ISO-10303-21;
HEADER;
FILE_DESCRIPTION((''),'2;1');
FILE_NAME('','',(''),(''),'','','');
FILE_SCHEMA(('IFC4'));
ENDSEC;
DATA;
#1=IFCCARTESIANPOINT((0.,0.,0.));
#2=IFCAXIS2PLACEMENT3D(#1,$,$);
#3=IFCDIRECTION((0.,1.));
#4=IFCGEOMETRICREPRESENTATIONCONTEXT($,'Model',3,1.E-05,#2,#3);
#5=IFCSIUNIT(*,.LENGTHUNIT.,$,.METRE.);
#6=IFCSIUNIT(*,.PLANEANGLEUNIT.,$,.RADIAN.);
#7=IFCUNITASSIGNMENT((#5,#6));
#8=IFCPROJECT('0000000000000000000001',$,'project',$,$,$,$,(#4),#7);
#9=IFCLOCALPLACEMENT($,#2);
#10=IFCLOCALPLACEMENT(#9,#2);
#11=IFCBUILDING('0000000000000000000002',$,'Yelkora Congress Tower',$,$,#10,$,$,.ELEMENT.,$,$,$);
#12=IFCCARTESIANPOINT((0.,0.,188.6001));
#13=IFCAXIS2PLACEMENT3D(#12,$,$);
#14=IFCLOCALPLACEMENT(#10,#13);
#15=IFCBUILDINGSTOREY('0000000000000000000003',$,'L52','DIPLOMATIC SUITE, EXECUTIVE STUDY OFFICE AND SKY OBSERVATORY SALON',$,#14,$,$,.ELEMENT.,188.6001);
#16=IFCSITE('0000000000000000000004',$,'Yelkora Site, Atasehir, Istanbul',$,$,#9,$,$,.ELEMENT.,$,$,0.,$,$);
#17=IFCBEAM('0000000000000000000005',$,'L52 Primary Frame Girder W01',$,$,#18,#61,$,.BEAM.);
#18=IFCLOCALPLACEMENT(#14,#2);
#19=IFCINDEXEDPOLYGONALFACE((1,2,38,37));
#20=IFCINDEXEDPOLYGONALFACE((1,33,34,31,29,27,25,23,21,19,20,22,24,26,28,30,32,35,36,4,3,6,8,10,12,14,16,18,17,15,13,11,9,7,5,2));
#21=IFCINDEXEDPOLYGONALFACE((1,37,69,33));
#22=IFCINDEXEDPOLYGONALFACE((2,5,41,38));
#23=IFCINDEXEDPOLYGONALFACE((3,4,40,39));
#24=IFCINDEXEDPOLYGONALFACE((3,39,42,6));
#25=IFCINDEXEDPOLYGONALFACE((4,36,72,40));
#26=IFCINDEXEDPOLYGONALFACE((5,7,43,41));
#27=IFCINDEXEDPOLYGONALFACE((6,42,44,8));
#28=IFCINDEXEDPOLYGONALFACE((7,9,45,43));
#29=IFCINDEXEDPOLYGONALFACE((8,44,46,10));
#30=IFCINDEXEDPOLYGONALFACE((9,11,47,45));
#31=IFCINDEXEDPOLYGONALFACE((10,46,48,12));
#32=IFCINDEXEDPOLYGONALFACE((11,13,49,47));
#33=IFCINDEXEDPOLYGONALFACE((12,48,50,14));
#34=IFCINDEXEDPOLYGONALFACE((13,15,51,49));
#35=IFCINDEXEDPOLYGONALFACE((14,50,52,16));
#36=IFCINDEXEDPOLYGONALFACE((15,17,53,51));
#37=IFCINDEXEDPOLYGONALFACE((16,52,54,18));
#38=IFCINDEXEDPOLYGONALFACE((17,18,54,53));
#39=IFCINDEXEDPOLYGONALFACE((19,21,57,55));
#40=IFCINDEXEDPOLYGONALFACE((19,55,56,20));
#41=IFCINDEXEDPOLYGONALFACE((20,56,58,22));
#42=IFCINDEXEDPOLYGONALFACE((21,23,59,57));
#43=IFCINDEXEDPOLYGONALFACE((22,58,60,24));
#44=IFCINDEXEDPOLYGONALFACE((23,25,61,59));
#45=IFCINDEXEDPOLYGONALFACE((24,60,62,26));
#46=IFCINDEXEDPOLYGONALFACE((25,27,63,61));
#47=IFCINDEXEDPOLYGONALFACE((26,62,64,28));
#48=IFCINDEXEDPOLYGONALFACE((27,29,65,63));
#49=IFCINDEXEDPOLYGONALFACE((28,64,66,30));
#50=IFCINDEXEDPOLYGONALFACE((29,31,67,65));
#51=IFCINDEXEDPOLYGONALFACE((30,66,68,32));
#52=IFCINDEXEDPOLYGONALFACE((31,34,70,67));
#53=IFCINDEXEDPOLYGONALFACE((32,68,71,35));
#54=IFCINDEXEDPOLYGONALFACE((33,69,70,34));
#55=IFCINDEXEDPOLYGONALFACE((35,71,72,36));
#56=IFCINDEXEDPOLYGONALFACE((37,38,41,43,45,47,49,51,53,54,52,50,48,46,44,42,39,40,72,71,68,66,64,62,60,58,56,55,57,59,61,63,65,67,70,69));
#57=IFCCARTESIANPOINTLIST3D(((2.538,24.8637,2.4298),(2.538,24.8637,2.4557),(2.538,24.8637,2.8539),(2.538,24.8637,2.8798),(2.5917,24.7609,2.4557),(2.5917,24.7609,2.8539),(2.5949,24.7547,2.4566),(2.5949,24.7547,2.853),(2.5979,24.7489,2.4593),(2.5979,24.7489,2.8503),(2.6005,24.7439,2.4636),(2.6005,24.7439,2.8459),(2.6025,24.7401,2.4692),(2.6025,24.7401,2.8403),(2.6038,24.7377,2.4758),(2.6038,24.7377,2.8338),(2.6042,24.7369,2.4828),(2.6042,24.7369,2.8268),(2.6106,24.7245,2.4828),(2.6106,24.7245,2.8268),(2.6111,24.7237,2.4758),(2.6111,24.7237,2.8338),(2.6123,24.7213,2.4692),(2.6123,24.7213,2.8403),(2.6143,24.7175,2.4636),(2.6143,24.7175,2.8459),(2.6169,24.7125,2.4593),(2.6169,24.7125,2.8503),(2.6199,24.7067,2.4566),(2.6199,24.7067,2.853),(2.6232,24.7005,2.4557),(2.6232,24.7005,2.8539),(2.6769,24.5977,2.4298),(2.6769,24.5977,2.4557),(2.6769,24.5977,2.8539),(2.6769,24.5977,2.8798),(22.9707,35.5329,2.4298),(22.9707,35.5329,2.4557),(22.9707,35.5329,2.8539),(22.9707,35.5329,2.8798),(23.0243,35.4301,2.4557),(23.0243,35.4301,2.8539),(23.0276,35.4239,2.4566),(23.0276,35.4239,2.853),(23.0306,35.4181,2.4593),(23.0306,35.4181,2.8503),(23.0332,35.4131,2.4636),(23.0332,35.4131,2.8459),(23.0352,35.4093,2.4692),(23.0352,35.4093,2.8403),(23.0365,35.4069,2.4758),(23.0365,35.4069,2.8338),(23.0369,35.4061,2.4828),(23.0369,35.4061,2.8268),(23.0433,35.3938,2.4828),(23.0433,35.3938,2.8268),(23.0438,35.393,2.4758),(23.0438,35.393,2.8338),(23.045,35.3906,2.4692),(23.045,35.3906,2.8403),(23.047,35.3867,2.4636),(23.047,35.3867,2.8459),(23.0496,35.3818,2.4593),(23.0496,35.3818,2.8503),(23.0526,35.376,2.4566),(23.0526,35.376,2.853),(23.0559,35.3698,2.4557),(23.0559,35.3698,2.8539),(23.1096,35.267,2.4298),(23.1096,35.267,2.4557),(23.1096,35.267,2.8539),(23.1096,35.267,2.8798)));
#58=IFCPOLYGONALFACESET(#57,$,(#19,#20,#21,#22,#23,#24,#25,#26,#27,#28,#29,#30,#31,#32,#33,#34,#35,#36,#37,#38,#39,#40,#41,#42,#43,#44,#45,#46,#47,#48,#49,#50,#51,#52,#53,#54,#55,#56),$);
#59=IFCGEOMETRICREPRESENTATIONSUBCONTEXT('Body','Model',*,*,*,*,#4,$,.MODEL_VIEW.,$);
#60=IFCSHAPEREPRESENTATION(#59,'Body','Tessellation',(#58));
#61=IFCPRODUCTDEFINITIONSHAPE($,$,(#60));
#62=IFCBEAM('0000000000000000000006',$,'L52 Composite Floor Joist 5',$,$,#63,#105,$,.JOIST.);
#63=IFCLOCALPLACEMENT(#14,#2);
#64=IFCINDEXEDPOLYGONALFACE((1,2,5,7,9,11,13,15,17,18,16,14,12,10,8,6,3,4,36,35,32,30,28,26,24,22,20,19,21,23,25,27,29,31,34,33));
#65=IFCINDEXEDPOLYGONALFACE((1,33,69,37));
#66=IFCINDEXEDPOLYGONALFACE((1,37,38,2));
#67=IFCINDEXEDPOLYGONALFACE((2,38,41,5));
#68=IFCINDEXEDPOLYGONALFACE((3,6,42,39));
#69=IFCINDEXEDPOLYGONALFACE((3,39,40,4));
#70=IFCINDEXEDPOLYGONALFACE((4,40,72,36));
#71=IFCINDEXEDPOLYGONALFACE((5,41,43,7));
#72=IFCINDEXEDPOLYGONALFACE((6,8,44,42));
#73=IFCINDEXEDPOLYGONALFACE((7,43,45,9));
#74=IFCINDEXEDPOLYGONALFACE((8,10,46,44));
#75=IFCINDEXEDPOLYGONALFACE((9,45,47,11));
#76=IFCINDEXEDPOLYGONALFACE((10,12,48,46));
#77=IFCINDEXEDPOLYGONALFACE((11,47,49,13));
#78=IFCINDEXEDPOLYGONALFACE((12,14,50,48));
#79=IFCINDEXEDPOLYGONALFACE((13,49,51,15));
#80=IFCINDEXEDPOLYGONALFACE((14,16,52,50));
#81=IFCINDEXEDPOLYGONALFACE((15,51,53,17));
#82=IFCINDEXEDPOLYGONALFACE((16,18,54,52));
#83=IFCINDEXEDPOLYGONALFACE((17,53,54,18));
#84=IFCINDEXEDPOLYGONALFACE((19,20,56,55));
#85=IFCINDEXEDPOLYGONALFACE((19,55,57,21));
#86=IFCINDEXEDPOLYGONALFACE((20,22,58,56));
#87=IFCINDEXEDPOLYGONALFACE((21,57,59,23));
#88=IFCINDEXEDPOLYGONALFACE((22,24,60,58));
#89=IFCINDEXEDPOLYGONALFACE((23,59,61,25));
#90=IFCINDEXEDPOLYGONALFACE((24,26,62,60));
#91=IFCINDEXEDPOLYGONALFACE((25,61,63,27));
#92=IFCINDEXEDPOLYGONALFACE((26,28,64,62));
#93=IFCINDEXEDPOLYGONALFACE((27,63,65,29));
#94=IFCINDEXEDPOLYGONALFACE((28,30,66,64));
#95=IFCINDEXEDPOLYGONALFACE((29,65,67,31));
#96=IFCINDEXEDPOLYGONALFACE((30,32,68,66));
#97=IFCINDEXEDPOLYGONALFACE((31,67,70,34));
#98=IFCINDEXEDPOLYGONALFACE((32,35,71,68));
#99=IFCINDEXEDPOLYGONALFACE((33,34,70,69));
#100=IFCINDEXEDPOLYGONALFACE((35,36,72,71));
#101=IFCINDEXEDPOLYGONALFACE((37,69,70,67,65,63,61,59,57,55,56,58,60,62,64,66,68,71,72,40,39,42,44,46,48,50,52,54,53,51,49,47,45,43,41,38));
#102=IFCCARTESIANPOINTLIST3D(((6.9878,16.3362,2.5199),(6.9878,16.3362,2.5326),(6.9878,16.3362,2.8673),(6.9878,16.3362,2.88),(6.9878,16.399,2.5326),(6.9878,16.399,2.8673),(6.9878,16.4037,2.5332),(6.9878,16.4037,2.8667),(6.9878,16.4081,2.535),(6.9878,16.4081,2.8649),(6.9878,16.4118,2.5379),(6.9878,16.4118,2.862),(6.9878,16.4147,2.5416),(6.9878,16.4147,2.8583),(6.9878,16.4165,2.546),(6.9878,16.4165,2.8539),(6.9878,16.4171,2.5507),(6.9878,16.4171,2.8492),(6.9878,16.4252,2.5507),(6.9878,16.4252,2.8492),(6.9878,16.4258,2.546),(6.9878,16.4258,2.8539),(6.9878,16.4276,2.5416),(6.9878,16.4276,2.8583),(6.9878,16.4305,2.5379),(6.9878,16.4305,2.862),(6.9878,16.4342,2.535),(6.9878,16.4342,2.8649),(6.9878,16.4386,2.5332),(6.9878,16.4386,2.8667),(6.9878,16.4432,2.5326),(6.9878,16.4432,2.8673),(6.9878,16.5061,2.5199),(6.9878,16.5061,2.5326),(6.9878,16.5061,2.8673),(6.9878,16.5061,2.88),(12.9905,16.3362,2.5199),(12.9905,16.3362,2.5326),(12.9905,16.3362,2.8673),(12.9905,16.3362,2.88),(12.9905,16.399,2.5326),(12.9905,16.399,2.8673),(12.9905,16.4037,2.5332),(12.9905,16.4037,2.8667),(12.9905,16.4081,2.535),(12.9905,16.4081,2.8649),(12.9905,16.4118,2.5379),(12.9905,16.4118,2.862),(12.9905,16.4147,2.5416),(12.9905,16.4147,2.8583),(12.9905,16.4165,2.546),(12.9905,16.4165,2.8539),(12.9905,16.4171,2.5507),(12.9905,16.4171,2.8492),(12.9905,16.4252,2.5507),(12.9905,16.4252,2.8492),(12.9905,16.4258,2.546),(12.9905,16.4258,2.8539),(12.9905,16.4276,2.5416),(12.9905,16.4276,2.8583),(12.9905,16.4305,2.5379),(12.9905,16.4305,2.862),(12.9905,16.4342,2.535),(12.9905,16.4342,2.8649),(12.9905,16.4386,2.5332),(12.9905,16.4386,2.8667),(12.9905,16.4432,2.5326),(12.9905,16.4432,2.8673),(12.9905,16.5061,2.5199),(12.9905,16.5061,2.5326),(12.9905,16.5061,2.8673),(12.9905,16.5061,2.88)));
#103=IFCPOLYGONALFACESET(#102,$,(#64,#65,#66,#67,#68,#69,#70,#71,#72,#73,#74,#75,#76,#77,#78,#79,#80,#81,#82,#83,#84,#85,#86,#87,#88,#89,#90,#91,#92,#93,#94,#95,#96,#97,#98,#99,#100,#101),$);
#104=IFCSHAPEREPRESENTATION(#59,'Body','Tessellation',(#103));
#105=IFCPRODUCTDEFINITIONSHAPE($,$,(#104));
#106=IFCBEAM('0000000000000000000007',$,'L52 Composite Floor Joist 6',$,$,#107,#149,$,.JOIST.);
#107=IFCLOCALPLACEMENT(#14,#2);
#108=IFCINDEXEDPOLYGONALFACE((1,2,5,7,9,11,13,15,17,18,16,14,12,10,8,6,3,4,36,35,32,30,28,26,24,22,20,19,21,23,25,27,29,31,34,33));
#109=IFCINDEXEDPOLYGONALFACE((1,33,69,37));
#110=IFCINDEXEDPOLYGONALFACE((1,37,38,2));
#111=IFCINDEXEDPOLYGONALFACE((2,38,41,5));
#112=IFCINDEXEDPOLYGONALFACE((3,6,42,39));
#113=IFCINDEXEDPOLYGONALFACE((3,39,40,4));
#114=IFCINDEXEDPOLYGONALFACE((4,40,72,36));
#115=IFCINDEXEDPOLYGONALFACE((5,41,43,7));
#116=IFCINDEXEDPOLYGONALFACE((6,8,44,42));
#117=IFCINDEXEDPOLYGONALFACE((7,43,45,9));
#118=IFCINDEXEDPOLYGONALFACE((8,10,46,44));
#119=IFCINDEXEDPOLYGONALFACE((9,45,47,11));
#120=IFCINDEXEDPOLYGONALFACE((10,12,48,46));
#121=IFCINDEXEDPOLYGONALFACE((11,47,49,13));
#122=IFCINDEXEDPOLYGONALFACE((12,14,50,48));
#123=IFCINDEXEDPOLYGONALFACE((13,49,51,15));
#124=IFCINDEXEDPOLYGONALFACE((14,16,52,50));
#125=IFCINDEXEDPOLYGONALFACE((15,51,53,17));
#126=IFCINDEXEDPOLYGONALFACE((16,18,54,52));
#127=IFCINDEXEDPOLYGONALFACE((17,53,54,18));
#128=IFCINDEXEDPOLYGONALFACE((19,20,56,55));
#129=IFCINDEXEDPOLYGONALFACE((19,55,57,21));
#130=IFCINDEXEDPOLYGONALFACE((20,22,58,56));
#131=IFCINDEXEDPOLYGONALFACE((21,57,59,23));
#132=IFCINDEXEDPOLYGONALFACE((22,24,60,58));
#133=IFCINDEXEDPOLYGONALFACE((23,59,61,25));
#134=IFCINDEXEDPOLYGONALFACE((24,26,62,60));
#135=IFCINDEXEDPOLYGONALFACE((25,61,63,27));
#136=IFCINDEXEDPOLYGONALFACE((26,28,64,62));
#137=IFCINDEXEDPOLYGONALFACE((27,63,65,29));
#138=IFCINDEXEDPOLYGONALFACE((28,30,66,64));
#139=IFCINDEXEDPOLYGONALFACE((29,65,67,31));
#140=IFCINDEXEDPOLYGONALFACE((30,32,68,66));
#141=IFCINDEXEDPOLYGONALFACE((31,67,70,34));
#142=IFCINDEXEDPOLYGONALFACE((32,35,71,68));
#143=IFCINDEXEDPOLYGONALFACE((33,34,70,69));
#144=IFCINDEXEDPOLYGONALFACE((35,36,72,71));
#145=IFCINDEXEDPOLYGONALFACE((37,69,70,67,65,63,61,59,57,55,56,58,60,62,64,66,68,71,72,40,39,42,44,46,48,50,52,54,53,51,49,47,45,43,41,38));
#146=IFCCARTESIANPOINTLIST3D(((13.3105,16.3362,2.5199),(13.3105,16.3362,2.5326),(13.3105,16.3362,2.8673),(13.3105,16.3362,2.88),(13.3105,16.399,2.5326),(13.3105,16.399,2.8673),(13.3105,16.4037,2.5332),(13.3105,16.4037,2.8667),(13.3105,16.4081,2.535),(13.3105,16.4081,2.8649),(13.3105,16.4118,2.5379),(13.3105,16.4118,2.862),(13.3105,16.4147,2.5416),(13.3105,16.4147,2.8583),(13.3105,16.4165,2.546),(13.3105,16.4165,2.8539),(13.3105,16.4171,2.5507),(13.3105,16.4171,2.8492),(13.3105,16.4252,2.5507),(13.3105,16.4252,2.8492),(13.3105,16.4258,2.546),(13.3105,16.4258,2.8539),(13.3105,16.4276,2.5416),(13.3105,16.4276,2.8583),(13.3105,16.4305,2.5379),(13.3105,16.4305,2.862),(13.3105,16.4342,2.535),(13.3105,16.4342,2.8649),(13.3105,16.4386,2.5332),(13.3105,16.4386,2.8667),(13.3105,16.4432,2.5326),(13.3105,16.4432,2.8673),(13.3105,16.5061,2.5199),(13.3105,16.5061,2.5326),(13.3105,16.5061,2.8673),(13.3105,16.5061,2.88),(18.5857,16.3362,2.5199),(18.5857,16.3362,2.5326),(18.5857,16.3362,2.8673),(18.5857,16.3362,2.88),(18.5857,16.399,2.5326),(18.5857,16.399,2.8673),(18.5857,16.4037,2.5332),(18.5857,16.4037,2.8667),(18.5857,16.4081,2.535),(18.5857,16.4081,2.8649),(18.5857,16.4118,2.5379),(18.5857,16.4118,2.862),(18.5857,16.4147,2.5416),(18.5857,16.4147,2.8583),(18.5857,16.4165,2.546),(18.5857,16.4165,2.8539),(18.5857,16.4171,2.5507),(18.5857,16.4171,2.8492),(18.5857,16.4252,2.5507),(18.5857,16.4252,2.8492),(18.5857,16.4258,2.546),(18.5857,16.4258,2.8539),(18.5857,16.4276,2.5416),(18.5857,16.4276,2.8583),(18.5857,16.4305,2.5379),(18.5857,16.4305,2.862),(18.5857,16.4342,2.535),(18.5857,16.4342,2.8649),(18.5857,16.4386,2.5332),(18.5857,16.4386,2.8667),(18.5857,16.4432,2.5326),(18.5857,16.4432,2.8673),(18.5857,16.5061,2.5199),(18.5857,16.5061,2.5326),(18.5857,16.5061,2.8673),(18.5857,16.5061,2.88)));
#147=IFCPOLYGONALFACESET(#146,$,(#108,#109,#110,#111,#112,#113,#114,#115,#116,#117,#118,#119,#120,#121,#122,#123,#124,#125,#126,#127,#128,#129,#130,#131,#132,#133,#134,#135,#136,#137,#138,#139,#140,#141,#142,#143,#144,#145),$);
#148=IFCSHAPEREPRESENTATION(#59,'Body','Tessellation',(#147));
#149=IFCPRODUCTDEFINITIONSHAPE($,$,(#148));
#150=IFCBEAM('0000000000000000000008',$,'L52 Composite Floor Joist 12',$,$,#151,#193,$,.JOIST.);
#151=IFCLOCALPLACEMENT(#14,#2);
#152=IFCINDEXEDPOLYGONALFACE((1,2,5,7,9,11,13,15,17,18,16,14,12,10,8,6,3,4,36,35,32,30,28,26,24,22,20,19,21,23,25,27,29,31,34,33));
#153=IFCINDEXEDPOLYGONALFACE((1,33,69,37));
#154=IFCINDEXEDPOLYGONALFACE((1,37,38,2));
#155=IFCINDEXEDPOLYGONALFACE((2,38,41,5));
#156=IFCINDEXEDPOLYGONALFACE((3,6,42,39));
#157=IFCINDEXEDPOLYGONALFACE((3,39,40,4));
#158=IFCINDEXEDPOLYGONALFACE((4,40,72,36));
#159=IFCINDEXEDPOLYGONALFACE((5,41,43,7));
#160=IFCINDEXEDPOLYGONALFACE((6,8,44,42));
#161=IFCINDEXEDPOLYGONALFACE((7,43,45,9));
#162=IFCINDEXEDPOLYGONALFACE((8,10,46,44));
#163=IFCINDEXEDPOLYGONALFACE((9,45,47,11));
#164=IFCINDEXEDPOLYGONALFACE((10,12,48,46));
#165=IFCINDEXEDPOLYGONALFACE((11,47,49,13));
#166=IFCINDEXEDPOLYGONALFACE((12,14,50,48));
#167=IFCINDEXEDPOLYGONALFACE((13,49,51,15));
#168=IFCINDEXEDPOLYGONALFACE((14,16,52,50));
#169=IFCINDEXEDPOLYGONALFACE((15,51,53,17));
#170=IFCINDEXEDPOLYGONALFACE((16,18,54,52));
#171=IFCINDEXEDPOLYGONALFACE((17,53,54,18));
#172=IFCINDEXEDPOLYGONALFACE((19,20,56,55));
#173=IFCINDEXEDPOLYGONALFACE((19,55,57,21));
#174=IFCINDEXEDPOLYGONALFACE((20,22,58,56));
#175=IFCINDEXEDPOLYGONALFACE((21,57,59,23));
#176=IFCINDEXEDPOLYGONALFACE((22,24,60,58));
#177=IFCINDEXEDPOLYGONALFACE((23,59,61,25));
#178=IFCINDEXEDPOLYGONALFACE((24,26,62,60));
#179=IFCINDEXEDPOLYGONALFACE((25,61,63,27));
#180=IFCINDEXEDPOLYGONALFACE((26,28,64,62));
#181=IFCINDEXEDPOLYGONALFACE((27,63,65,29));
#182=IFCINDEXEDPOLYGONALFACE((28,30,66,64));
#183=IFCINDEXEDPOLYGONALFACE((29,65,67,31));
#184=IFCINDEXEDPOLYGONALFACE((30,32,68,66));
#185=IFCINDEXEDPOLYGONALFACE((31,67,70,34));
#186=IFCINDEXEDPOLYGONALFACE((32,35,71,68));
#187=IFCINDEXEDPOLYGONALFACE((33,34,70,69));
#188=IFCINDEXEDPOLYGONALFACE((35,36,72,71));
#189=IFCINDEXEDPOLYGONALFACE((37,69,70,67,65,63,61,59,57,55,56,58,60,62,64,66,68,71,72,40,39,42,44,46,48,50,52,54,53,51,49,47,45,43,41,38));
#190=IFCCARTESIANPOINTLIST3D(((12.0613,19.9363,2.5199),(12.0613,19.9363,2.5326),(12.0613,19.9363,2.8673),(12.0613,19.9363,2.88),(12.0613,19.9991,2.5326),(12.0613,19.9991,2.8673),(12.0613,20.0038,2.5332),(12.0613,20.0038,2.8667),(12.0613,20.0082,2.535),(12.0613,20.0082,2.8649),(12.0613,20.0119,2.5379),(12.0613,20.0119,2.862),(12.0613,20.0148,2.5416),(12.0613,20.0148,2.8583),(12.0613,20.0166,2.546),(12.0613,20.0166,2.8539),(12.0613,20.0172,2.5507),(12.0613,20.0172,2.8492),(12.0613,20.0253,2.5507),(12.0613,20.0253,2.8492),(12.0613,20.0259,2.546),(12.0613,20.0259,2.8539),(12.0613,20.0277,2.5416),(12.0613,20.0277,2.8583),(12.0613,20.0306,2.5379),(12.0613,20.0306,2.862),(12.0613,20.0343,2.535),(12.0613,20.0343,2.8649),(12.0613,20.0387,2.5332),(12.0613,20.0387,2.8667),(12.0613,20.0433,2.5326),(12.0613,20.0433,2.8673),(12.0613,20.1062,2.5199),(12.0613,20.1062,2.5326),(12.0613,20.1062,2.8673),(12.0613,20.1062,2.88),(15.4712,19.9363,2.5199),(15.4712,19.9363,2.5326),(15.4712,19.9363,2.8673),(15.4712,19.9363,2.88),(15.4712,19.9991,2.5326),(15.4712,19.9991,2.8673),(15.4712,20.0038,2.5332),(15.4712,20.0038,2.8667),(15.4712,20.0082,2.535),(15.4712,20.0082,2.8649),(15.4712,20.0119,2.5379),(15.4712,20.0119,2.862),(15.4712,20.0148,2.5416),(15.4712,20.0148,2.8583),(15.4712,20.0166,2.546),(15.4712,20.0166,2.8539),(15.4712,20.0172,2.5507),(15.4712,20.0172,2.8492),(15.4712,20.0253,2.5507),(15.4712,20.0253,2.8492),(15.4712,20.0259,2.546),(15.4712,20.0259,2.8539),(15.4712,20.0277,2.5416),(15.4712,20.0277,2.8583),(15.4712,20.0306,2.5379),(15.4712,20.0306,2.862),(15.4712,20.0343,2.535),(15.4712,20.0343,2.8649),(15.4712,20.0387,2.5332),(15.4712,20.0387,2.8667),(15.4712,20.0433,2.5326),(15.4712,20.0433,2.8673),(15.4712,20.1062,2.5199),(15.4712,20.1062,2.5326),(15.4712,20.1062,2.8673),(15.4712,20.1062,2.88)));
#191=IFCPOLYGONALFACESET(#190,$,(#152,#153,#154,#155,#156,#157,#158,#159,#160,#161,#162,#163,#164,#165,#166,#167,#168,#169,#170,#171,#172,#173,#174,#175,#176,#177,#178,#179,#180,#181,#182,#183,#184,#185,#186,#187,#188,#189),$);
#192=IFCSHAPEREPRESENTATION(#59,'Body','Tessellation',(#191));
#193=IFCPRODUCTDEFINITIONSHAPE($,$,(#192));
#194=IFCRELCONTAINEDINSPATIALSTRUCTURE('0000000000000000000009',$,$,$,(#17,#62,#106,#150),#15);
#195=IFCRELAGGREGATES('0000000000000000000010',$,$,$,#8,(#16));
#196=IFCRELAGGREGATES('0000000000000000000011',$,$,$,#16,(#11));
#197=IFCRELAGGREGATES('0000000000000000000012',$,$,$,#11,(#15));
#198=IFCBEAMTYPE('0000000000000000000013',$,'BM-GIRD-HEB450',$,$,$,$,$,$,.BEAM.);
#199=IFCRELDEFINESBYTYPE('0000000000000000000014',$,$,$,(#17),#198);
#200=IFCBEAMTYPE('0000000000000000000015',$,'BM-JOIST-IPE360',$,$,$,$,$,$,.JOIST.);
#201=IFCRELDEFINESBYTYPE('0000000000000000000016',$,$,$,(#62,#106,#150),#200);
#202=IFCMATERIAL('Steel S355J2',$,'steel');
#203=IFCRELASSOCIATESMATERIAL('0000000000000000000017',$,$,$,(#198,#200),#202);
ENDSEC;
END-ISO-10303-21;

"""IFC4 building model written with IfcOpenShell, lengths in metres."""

from ifc_helpers import new_model, si_unit, direction, frame, origin, origin_2d, place, context, subcontext, project, spatial, i_section, extrude, material, material_profile, profile_set, type_object, element, save


model = new_model("IFC4")

# Units and contexts
model_context = context("Model", 3, precision=1e-05, world=origin(), true_north=direction((0.0, 1.0)))
body_context = subcontext(model_context, "Body", "Model", "MODEL_VIEW")
ifc_project = project(units=[si_unit("LENGTHUNIT", "METRE"), si_unit("PLANEANGLEUNIT", "RADIAN")], contexts=[model_context])

# Site, building, storey
site_placement = place(None, origin())
site = spatial("IfcSite", under=ifc_project, at=site_placement, Name="Yelkora Site, Atasehir, Istanbul", CompositionType="ELEMENT", RefElevation=0.0)
building_placement = place(site_placement, origin())
building = spatial("IfcBuilding", under=site, at=building_placement, Name="Yelkora Congress Tower", CompositionType="ELEMENT")
storey_placement = place(building_placement, frame((0.0, 0.0, 188.6001)))
storey = spatial("IfcBuildingStorey", under=building, at=storey_placement, Name="L52", Description="DIPLOMATIC SUITE, EXECUTIVE STUDY OFFICE AND SKY OBSERVATORY SALON", CompositionType="ELEMENT", Elevation=188.6001)

# Beams
ifc_material_1 = material(Name="Steel S355J2", Category="steel")
ifc_material_profile_1 = material_profile(ifc_material_1, i_section(OverallWidth=0.3, OverallDepth=0.45, WebThickness=0.0139, FlangeThickness=0.0259, FilletRadius=0.0271, at=origin_2d()), Name="HEB 450")
ifc_profile_set_1 = profile_set([ifc_material_profile_1], Name="Steel S355J2")
beam_type_1 = type_object("IfcBeamType", Name="BM-GIRD-HEB450", PredefinedType="BEAM", material=ifc_profile_set_1)
beam_1_placement = place(storey_placement, frame((2.6074, 24.7307, 2.6548), z_axis=(0.88643, 0.462862, 0.0), x_axis=(-0.462862, 0.88643, 0.0)))
element("IfcBeam", 1, at=beam_1_placement, inside=storey, type_object=beam_type_1, Name="L52 Primary Frame Girder W01", PredefinedType="BEAM", context=body_context, shape_type="SweptSolid", body=[
    extrude(i_section(OverallWidth=0.3, OverallDepth=0.45, WebThickness=0.0139, FlangeThickness=0.0259, FilletRadius=0.0271, at=origin_2d()), origin(), (0.0, 0.0, 1.0), 23.0505),
])
ifc_material_profile_2 = material_profile(ifc_material_1, i_section(OverallWidth=0.1699, OverallDepth=0.3601, WebThickness=0.0081, FlangeThickness=0.0127, FilletRadius=0.0181, at=origin_2d()), Name="IPE 360")
ifc_profile_set_2 = profile_set([ifc_material_profile_2], Name="Steel S355J2")
beam_type_2 = type_object("IfcBeamType", Name="BM-JOIST-IPE360", PredefinedType="JOIST", material=ifc_profile_set_2)
beam_2_placement = place(storey_placement, frame((6.9878, 16.4211, 2.7), z_axis=(1.0, 0.0, 0.0), x_axis=(0.0, 1.0, 0.0)))
element("IfcBeam", 2, at=beam_2_placement, inside=storey, type_object=beam_type_2, Name="L52 Composite Floor Joist 5", PredefinedType="JOIST", context=body_context, shape_type="SweptSolid", body=[
    extrude(i_section(OverallWidth=0.1699, OverallDepth=0.3601, WebThickness=0.0081, FlangeThickness=0.0127, FilletRadius=0.0181, at=origin_2d()), origin(), (0.0, 0.0, 1.0), 6.0027),
])
beam_3_placement = place(storey_placement, frame((13.3105, 16.4211, 2.7), z_axis=(1.0, 0.0, 0.0), x_axis=(0.0, 1.0, 0.0)))
element("IfcBeam", 3, at=beam_3_placement, inside=storey, type_object=beam_type_2, Name="L52 Composite Floor Joist 6", PredefinedType="JOIST", context=body_context, shape_type="SweptSolid", body=[
    extrude(i_section(OverallWidth=0.1699, OverallDepth=0.3601, WebThickness=0.0081, FlangeThickness=0.0127, FilletRadius=0.0181, at=origin_2d()), origin(), (0.0, 0.0, 1.0), 5.2751),
])
beam_4_placement = place(storey_placement, frame((12.0613, 20.0212, 2.7), z_axis=(1.0, 0.0, 0.0), x_axis=(0.0, 1.0, 0.0)))
element("IfcBeam", 4, at=beam_4_placement, inside=storey, type_object=beam_type_2, Name="L52 Composite Floor Joist 12", PredefinedType="JOIST", context=body_context, shape_type="SweptSolid", body=[
    extrude(i_section(OverallWidth=0.1699, OverallDepth=0.3601, WebThickness=0.0081, FlangeThickness=0.0127, FilletRadius=0.0181, at=origin_2d()), origin(), (0.0, 0.0, 1.0), 3.4099),
])

save(model, "model.ifc")
